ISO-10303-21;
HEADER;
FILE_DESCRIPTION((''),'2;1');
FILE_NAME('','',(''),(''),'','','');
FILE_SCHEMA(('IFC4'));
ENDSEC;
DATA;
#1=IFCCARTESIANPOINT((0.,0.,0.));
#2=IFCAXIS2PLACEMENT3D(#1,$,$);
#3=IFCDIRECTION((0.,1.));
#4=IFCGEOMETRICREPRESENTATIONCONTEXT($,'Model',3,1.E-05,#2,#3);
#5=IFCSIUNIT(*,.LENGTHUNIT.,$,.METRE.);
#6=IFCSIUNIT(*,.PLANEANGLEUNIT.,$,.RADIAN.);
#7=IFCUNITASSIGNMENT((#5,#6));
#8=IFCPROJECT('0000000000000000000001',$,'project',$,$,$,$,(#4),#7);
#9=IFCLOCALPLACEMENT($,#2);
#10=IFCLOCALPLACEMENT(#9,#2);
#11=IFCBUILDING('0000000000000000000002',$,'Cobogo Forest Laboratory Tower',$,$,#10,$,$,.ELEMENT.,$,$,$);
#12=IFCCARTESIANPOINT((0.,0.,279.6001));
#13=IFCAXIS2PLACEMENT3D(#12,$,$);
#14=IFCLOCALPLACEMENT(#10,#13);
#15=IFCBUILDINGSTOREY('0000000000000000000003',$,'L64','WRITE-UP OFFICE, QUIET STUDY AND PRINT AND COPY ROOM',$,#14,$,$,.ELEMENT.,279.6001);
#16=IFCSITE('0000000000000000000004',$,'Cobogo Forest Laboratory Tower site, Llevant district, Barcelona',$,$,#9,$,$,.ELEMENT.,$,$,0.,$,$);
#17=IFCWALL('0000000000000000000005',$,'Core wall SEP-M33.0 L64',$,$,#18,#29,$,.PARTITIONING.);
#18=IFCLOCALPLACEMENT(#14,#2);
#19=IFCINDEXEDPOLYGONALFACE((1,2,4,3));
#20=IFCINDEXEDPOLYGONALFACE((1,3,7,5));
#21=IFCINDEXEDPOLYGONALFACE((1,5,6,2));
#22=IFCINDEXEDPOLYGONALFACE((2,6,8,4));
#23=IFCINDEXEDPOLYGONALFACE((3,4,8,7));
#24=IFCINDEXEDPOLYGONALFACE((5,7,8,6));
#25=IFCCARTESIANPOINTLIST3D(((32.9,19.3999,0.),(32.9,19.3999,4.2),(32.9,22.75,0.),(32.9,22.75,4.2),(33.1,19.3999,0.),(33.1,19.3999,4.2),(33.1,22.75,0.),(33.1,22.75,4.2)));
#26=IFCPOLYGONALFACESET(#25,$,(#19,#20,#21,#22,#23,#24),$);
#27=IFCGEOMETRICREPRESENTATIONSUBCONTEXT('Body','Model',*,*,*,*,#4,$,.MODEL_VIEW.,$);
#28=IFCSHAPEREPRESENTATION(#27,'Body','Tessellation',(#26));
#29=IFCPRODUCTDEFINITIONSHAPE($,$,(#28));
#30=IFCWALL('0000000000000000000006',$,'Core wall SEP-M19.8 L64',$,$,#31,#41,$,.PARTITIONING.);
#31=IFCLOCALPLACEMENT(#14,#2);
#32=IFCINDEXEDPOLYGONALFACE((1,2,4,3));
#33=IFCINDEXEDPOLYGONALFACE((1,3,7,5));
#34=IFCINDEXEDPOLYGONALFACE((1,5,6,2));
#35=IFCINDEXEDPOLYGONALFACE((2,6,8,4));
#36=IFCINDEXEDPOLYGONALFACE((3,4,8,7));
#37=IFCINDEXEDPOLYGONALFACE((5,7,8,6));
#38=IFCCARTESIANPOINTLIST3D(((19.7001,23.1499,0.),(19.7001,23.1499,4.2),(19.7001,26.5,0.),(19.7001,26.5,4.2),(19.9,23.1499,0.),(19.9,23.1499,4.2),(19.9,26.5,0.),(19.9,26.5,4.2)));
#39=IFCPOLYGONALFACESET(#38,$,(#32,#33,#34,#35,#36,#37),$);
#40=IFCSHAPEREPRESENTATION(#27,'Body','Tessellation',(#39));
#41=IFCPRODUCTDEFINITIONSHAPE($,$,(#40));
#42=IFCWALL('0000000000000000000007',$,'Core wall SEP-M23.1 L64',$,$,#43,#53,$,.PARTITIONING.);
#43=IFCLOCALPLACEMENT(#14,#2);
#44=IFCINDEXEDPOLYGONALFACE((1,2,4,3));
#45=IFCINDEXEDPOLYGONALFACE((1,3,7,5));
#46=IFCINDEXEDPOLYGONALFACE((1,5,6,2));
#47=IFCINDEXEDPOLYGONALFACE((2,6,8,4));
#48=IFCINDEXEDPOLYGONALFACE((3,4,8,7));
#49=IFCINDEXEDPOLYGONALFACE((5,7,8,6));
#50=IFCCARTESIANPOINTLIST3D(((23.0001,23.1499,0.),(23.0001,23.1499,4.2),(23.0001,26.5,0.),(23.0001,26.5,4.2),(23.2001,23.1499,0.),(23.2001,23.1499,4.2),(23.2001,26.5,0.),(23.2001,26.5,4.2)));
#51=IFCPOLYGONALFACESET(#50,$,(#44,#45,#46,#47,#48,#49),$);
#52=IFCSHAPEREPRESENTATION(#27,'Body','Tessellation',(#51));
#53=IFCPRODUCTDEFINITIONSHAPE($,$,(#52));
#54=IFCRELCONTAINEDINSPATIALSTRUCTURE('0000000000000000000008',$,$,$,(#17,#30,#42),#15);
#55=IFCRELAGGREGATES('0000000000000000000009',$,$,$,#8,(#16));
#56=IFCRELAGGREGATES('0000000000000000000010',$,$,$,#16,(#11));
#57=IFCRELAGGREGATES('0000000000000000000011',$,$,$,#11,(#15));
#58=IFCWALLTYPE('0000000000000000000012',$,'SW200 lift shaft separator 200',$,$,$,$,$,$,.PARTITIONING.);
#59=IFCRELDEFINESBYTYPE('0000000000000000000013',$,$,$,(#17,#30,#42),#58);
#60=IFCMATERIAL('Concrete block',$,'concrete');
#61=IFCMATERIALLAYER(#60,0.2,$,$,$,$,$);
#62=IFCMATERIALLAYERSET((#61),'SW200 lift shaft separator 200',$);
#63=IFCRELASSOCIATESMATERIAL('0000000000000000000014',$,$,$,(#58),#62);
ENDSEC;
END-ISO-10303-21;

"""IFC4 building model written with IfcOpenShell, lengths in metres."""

from ifc_helpers import new_model, si_unit, direction, frame, frame_2d, origin, place, context, subcontext, project, spatial, rectangle, extrude, material, layer, layer_set, type_object, element, save


model = new_model("IFC4")

# Units and contexts
model_context = context("Model", 3, precision=1e-05, world=origin(), true_north=direction((0.0, 1.0)))
body_context = subcontext(model_context, "Body", "Model", "MODEL_VIEW")
ifc_project = project(units=[si_unit("LENGTHUNIT", "METRE"), si_unit("PLANEANGLEUNIT", "RADIAN")], contexts=[model_context])

# Site, building, storey
site_placement = place(None, origin())
site = spatial("IfcSite", under=ifc_project, at=site_placement, Name="Cobogo Forest Laboratory Tower site, Llevant district, Barcelona", CompositionType="ELEMENT", RefElevation=0.0)
building_placement = place(site_placement, origin())
building = spatial("IfcBuilding", under=site, at=building_placement, Name="Cobogo Forest Laboratory Tower", CompositionType="ELEMENT")
storey_placement = place(building_placement, frame((0.0, 0.0, 279.6001)))
storey = spatial("IfcBuildingStorey", under=building, at=storey_placement, Name="L64", Description="WRITE-UP OFFICE, QUIET STUDY AND PRINT AND COPY ROOM", CompositionType="ELEMENT", Elevation=279.6001)

# Walls
ifc_material_1 = material(Name="Concrete block", Category="concrete")
ifc_layer_1 = layer(ifc_material_1, 0.2)
ifc_layer_set_1 = layer_set([ifc_layer_1], Name="SW200 lift shaft separator 200")
wall_type_1 = type_object("IfcWallType", Name="SW200 lift shaft separator 200", PredefinedType="PARTITIONING", material=ifc_layer_set_1)
for number, where, z_axis, x_axis, name in (
    (1, (33.0, 19.3999, 0.0), (0.0, 0.0, 1.0), (0.0, 1.0, 0.0), "Core wall SEP-M33.0 L64"),
    (2, (19.8, 23.1499, 0.0), (0.0, 0.0, 1.0), (0.0, 1.0, 0.0), "Core wall SEP-M19.8 L64"),
    (3, (23.1001, 23.1499, 0.0), (0.0, 0.0, 1.0), (0.0, 1.0, 0.0), "Core wall SEP-M23.1 L64"),
):
    element("IfcWall", number, at=place(storey_placement, frame(where, z_axis=z_axis, x_axis=x_axis)), inside=storey, type_object=wall_type_1, Name=name, PredefinedType="PARTITIONING", context=body_context, shape_type="SweptSolid", body=[
        extrude(rectangle(XDim=3.3501, YDim=0.2, at=frame_2d((1.675, 0.0))), origin(), (0.0, 0.0, 1.0), 4.2),
    ])

save(model, "model.ifc")
